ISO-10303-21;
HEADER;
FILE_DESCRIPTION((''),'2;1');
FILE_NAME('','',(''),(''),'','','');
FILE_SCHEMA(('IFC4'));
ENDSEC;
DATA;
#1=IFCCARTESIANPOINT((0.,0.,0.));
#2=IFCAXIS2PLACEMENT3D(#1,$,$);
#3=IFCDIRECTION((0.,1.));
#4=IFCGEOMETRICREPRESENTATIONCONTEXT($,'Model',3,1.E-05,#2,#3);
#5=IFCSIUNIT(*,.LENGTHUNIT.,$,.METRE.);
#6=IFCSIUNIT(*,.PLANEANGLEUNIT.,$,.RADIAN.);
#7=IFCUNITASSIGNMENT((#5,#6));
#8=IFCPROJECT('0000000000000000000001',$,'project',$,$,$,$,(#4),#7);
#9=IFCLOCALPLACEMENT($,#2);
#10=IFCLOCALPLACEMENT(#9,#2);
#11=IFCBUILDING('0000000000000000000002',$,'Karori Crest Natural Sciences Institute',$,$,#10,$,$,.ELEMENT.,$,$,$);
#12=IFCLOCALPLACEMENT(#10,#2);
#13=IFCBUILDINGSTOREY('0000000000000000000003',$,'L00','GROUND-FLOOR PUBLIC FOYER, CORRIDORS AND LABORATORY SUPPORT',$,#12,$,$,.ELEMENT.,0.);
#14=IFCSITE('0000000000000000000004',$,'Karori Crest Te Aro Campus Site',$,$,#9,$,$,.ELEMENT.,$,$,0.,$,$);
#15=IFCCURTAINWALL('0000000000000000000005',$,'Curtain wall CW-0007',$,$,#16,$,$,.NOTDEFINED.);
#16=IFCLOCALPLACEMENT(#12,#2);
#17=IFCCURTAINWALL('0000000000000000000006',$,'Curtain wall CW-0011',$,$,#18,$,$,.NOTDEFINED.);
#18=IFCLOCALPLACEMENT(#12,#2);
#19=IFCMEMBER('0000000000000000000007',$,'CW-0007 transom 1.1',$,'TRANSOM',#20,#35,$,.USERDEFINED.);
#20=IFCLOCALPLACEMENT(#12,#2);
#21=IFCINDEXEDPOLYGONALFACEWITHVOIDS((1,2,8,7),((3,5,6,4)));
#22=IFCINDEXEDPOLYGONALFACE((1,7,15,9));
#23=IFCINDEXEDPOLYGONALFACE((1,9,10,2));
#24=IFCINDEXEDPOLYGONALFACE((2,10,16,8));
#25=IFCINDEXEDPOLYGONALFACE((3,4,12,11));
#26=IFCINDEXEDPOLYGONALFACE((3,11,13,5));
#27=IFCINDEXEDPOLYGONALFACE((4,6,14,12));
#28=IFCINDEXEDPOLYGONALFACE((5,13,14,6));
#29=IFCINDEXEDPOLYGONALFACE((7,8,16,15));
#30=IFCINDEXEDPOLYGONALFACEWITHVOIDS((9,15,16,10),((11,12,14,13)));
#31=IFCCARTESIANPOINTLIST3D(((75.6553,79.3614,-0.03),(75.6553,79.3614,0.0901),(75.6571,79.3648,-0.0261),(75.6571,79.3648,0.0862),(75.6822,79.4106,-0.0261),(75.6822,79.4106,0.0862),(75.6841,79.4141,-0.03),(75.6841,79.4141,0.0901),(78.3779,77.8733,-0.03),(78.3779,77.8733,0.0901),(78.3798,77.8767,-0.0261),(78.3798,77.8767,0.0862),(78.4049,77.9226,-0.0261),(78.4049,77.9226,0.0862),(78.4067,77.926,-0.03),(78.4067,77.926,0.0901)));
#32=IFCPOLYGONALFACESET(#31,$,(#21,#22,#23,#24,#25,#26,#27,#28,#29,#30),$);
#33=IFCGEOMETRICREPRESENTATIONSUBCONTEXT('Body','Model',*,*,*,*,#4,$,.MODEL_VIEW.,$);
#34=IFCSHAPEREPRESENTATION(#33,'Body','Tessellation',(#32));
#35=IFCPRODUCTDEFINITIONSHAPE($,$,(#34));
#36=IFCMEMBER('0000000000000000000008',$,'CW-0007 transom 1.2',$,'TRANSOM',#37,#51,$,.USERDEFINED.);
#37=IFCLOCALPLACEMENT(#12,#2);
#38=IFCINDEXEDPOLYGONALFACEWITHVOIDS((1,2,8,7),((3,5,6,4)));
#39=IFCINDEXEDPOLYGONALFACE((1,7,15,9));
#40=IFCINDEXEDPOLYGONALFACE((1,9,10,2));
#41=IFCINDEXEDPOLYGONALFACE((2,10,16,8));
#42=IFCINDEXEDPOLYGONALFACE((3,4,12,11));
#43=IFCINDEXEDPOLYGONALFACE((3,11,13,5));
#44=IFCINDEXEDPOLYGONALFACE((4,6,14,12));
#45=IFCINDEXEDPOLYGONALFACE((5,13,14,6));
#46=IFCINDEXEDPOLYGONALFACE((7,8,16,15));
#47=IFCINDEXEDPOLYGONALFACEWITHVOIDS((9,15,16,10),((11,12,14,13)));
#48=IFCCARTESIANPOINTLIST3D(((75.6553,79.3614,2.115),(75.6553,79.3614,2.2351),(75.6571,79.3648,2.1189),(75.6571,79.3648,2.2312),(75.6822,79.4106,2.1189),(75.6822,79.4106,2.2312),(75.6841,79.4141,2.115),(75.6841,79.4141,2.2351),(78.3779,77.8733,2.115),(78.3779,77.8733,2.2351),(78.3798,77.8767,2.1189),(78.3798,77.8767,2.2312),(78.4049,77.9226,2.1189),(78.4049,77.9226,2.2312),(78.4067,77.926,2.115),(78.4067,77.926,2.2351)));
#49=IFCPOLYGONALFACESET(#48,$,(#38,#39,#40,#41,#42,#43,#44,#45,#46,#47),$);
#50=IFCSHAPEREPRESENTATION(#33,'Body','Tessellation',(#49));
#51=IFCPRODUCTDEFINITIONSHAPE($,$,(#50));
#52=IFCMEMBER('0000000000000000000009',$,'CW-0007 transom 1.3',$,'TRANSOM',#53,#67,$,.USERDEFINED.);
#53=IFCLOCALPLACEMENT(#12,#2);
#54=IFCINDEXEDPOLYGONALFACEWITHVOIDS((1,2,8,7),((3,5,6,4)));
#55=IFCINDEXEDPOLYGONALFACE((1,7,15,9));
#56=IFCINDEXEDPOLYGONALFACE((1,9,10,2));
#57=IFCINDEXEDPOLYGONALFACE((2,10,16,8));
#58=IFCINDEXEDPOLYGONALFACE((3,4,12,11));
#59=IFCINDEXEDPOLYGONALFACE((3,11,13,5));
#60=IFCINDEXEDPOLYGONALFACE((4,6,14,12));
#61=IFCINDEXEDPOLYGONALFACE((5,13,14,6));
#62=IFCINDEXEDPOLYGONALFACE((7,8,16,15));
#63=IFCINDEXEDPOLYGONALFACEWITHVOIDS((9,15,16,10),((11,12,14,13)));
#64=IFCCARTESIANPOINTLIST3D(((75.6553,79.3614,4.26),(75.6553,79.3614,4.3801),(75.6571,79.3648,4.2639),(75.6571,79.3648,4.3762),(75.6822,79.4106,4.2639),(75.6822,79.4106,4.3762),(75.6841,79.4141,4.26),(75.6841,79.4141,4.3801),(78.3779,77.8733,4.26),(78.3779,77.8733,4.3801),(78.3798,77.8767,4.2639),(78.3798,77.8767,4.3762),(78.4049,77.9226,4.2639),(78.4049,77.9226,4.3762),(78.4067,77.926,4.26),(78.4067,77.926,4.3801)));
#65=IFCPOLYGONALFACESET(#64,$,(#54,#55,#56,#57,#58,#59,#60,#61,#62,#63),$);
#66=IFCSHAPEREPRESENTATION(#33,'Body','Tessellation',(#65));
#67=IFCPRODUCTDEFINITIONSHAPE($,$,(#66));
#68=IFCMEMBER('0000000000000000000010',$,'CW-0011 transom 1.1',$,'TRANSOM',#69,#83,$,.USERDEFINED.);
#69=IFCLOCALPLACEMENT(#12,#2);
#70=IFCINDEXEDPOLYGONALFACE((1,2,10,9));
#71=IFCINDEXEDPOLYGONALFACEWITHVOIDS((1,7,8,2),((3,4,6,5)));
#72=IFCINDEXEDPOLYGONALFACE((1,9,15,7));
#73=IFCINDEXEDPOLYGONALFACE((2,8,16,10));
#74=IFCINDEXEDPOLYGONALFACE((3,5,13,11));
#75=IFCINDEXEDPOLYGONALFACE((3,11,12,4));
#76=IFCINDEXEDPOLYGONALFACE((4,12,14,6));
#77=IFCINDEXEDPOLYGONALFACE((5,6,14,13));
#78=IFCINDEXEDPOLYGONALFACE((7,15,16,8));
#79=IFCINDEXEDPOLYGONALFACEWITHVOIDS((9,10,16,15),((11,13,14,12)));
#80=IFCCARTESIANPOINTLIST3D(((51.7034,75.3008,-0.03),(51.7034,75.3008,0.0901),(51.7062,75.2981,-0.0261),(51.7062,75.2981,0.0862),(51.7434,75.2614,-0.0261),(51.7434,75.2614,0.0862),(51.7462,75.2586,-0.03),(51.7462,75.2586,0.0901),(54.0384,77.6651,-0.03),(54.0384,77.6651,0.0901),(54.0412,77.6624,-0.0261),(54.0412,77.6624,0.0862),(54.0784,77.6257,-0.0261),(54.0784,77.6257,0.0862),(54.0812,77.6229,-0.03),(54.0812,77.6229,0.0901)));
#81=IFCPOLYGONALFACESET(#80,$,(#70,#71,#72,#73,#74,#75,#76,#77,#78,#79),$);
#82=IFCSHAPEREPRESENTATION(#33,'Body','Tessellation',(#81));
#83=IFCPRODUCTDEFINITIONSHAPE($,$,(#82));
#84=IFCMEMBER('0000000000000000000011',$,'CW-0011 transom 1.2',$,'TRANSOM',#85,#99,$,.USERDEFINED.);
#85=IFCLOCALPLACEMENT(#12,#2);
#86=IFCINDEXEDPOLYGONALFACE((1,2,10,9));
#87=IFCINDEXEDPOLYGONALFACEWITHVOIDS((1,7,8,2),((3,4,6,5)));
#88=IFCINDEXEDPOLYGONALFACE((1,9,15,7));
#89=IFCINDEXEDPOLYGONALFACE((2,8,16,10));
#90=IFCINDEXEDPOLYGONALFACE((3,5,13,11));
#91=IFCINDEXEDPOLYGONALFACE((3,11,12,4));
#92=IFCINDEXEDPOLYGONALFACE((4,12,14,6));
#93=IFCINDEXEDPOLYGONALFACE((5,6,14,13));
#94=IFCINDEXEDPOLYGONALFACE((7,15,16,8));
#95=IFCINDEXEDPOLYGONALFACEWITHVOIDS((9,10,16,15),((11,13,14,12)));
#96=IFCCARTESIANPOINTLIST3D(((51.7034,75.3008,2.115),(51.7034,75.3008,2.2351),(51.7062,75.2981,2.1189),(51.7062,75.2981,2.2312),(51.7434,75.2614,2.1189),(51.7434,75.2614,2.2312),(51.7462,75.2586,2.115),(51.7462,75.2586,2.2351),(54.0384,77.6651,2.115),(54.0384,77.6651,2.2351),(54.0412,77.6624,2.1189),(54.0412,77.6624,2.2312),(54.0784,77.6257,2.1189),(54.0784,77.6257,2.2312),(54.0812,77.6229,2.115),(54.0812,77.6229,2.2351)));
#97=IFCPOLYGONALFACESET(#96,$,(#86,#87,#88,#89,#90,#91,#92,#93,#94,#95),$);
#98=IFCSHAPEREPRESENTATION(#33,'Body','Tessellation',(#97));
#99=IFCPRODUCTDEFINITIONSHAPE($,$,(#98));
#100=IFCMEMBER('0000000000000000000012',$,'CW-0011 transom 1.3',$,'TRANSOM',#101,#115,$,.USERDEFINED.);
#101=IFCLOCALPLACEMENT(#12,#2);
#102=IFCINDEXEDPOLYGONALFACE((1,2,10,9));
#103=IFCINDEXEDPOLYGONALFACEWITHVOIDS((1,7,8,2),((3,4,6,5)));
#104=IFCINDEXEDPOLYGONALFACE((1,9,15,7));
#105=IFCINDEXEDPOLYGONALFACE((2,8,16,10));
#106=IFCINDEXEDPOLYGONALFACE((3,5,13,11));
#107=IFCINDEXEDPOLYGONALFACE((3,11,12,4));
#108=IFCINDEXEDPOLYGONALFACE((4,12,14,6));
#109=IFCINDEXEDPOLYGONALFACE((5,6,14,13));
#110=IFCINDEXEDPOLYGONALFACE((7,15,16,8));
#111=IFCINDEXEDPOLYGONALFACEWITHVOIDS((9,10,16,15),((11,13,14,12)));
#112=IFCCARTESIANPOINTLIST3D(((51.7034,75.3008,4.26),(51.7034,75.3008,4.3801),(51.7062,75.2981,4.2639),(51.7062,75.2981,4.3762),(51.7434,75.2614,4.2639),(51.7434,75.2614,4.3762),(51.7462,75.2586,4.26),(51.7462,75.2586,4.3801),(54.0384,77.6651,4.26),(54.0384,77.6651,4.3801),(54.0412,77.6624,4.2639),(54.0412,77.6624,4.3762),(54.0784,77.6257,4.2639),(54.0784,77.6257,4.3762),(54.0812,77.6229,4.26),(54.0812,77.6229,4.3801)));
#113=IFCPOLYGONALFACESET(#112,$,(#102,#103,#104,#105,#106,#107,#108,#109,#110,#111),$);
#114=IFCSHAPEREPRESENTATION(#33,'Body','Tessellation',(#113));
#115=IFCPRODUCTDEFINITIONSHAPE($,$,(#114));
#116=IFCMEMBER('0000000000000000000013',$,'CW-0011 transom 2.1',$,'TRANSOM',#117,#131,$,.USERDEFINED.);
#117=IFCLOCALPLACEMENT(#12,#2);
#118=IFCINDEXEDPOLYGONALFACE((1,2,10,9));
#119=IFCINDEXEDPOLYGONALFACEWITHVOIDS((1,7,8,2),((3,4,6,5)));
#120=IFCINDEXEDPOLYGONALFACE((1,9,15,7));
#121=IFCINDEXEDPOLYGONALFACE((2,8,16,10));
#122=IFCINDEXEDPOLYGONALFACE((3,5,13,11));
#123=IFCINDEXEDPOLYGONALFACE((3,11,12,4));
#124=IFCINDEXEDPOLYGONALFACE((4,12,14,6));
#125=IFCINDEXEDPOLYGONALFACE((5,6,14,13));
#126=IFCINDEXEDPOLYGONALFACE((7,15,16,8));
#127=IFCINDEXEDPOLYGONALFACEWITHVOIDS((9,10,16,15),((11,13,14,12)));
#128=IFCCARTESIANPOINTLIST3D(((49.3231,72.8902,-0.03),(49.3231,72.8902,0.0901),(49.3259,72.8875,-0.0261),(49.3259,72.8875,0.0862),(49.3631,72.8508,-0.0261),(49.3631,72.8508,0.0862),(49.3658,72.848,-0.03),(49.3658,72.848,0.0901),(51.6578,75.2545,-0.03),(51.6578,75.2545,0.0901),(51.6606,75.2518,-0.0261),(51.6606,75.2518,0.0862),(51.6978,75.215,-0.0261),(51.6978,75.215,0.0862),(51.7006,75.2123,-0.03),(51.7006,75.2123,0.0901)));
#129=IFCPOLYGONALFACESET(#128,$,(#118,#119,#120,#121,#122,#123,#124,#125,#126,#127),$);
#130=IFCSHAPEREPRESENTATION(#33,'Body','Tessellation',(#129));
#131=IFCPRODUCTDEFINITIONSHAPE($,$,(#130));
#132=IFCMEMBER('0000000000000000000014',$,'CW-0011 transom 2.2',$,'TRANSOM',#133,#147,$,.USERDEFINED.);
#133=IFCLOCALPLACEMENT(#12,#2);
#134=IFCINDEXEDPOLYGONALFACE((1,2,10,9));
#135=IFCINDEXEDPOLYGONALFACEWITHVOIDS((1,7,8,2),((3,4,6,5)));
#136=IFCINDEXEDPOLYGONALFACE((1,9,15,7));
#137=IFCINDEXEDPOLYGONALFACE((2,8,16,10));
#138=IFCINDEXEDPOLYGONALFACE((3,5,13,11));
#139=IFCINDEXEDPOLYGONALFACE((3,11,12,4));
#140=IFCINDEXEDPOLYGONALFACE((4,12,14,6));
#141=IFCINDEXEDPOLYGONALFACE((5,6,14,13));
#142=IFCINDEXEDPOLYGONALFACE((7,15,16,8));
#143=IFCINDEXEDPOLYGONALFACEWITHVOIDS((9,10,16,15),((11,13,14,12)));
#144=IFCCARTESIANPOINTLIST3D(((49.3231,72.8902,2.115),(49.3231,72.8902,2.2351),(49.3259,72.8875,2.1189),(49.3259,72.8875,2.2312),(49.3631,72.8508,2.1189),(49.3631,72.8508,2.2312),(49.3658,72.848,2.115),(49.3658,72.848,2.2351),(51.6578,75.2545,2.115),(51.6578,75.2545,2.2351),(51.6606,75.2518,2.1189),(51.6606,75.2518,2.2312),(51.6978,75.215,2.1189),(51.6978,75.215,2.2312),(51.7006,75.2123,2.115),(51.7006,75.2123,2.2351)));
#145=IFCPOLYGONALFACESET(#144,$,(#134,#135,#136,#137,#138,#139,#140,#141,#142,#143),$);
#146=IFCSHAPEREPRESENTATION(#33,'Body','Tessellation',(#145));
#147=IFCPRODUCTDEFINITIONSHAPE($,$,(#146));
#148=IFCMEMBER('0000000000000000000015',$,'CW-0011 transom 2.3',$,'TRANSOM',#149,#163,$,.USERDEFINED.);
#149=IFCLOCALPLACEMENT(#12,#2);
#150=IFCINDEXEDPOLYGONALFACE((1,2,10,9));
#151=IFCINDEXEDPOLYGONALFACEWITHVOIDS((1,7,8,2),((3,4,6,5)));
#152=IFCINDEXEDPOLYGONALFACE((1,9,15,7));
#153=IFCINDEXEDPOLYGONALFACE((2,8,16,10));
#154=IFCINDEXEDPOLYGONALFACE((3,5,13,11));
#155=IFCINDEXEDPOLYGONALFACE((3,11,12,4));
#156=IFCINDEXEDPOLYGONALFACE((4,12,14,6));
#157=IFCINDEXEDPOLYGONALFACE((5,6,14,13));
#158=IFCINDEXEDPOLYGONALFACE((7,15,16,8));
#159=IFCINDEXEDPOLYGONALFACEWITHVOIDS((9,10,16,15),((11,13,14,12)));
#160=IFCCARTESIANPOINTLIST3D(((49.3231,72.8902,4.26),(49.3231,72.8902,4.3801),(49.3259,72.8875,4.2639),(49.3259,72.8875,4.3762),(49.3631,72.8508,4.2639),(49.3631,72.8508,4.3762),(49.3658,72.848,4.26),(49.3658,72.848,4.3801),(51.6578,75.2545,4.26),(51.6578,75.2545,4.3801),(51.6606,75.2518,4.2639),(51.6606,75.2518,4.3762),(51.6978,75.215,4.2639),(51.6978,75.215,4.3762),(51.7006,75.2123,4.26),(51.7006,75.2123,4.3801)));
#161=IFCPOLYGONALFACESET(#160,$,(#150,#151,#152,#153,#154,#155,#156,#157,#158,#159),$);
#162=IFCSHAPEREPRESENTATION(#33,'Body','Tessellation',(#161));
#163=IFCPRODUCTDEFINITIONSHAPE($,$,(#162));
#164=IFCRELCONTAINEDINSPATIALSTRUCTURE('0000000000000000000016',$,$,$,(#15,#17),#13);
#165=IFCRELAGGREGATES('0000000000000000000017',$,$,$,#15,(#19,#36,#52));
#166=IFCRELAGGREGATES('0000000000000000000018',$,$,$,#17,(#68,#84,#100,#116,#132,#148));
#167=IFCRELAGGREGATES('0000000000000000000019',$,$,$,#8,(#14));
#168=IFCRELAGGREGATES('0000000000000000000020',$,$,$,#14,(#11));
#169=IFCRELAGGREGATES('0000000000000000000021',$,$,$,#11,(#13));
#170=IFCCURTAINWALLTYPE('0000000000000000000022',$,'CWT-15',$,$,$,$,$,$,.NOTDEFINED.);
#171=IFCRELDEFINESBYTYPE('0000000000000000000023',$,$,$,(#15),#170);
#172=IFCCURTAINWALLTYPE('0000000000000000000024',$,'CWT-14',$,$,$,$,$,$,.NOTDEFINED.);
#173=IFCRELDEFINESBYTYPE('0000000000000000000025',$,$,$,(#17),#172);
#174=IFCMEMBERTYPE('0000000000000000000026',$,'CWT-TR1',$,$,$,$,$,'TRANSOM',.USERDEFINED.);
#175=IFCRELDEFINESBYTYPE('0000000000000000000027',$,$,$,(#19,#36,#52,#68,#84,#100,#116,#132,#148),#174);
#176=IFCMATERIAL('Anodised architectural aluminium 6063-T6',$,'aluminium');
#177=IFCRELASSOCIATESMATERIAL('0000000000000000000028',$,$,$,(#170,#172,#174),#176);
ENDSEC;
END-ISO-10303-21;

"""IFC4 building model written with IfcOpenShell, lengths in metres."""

from ifc_helpers import new_model, si_unit, direction, frame, origin, origin_2d, place, context, subcontext, project, spatial, hollow_rectangle, extrude, material, material_profile, profile_set, type_object, element, aggregate, save


model = new_model("IFC4")

# Units and contexts
model_context = context("Model", 3, precision=1e-05, world=origin(), true_north=direction((0.0, 1.0)))
body_context = subcontext(model_context, "Body", "Model", "MODEL_VIEW")
ifc_project = project(units=[si_unit("LENGTHUNIT", "METRE"), si_unit("PLANEANGLEUNIT", "RADIAN")], contexts=[model_context])

# Site, building, storey
site_placement = place(None, origin())
site = spatial("IfcSite", under=ifc_project, at=site_placement, Name="Karori Crest Te Aro Campus Site", CompositionType="ELEMENT", RefElevation=0.0)
building_placement = place(site_placement, origin())
building = spatial("IfcBuilding", under=site, at=building_placement, Name="Karori Crest Natural Sciences Institute", CompositionType="ELEMENT")
storey_placement = place(building_placement, origin())
storey = spatial("IfcBuildingStorey", under=building, at=storey_placement, Name="L00", Description="GROUND-FLOOR PUBLIC FOYER, CORRIDORS AND LABORATORY SUPPORT", CompositionType="ELEMENT", Elevation=0.0)

# Curtain wall
ifc_material_1 = material(Name="Anodised architectural aluminium 6063-T6", Category="aluminium")
curtain_wall_type_1 = type_object("IfcCurtainWallType", Name="CWT-15", PredefinedType="NOTDEFINED", material=ifc_material_1)
curtain_wall_1_placement = place(storey_placement, origin())
curtain_wall_1 = element("IfcCurtainWall", 1, at=curtain_wall_1_placement, inside=storey, type_object=curtain_wall_type_1, Name="Curtain wall CW-0007", PredefinedType="NOTDEFINED")

# Curtain wall
curtain_wall_type_2 = type_object("IfcCurtainWallType", Name="CWT-14", PredefinedType="NOTDEFINED", material=ifc_material_1)
curtain_wall_2_placement = place(storey_placement, origin())
curtain_wall_2 = element("IfcCurtainWall", 2, at=curtain_wall_2_placement, inside=storey, type_object=curtain_wall_type_2, Name="Curtain wall CW-0011", PredefinedType="NOTDEFINED")

# Members
ifc_material_profile_1 = material_profile(ifc_material_1, hollow_rectangle(XDim=0.0601, YDim=0.1201, WallThickness=0.0039, at=origin_2d()), Name="CWT120x60x4")
ifc_profile_set_1 = profile_set([ifc_material_profile_1], Name="Anodised architectural aluminium 6063-T6")
member_type_1 = type_object("IfcMemberType", Name="CWT-TR1", ElementType="TRANSOM", PredefinedType="USERDEFINED", material=ifc_profile_set_1)
member_1_placement = place(storey_placement, frame((78.3923, 77.8997, 0.03), z_axis=(-0.877495, 0.479585, 0.0), x_axis=(-0.479585, -0.877495, 0.0)))
member_1 = element("IfcMember", 3, at=member_1_placement, type_object=member_type_1, Name="CW-0007 transom 1.1", ObjectType="TRANSOM", PredefinedType="USERDEFINED", context=body_context, shape_type="SweptSolid", body=[
    extrude(hollow_rectangle(XDim=0.0601, YDim=0.1201, WallThickness=0.0039, at=origin_2d()), origin(), (0.0, 0.0, 1.0), 3.1028),
])
member_2_placement = place(storey_placement, frame((78.3923, 77.8997, 2.175), z_axis=(-0.877495, 0.479585, 0.0), x_axis=(-0.479585, -0.877495, 0.0)))
member_2 = element("IfcMember", 4, at=member_2_placement, type_object=member_type_1, Name="CW-0007 transom 1.2", ObjectType="TRANSOM", PredefinedType="USERDEFINED", context=body_context, shape_type="SweptSolid", body=[
    extrude(hollow_rectangle(XDim=0.0601, YDim=0.1201, WallThickness=0.0039, at=origin_2d()), origin(), (0.0, 0.0, 1.0), 3.1028),
])
member_3_placement = place(storey_placement, frame((78.3923, 77.8997, 4.3201), z_axis=(-0.877495, 0.479585, 0.0), x_axis=(-0.479585, -0.877495, 0.0)))
member_3 = element("IfcMember", 5, at=member_3_placement, type_object=member_type_1, Name="CW-0007 transom 1.3", ObjectType="TRANSOM", PredefinedType="USERDEFINED", context=body_context, shape_type="SweptSolid", body=[
    extrude(hollow_rectangle(XDim=0.0601, YDim=0.1201, WallThickness=0.0039, at=origin_2d()), origin(), (0.0, 0.0, 1.0), 3.1028),
])
member_4_placement = place(storey_placement, frame((54.0598, 77.644, 0.03), z_axis=(-0.702685, -0.711501, 0.0), x_axis=(0.711501, -0.702685, 0.0)))
member_4 = element("IfcMember", 6, at=member_4_placement, type_object=member_type_1, Name="CW-0011 transom 1.1", ObjectType="TRANSOM", PredefinedType="USERDEFINED", context=body_context, shape_type="SweptSolid", body=[
    extrude(hollow_rectangle(XDim=0.0601, YDim=0.1201, WallThickness=0.0039, at=origin_2d()), origin(), (0.0, 0.0, 1.0), 3.323),
])
member_5_placement = place(storey_placement, frame((54.0598, 77.644, 2.175), z_axis=(-0.702685, -0.711501, 0.0), x_axis=(0.711501, -0.702685, 0.0)))
member_5 = element("IfcMember", 7, at=member_5_placement, type_object=member_type_1, Name="CW-0011 transom 1.2", ObjectType="TRANSOM", PredefinedType="USERDEFINED", context=body_context, shape_type="SweptSolid", body=[
    extrude(hollow_rectangle(XDim=0.0601, YDim=0.1201, WallThickness=0.0039, at=origin_2d()), origin(), (0.0, 0.0, 1.0), 3.323),
])
member_6_placement = place(storey_placement, frame((54.0598, 77.644, 4.3201), z_axis=(-0.702685, -0.711501, 0.0), x_axis=(0.711501, -0.702685, 0.0)))
member_6 = element("IfcMember", 8, at=member_6_placement, type_object=member_type_1, Name="CW-0011 transom 1.3", ObjectType="TRANSOM", PredefinedType="USERDEFINED", context=body_context, shape_type="SweptSolid", body=[
    extrude(hollow_rectangle(XDim=0.0601, YDim=0.1201, WallThickness=0.0039, at=origin_2d()), origin(), (0.0, 0.0, 1.0), 3.323),
])
member_7_placement = place(storey_placement, frame((51.6792, 75.2334, 0.03), z_axis=(-0.702648, -0.711538, 0.0), x_axis=(0.711538, -0.702648, 0.0)))
member_7 = element("IfcMember", 9, at=member_7_placement, type_object=member_type_1, Name="CW-0011 transom 2.1", ObjectType="TRANSOM", PredefinedType="USERDEFINED", context=body_context, shape_type="SweptSolid", body=[
    extrude(hollow_rectangle(XDim=0.0601, YDim=0.1201, WallThickness=0.0039, at=origin_2d()), origin(), (0.0, 0.0, 1.0), 3.3228),
])
member_8_placement = place(storey_placement, frame((51.6792, 75.2334, 2.175), z_axis=(-0.702648, -0.711538, 0.0), x_axis=(0.711538, -0.702648, 0.0)))
member_8 = element("IfcMember", 10, at=member_8_placement, type_object=member_type_1, Name="CW-0011 transom 2.2", ObjectType="TRANSOM", PredefinedType="USERDEFINED", context=body_context, shape_type="SweptSolid", body=[
    extrude(hollow_rectangle(XDim=0.0601, YDim=0.1201, WallThickness=0.0039, at=origin_2d()), origin(), (0.0, 0.0, 1.0), 3.3228),
])
member_9_placement = place(storey_placement, frame((51.6792, 75.2334, 4.3201), z_axis=(-0.702648, -0.711538, 0.0), x_axis=(0.711538, -0.702648, 0.0)))
member_9 = element("IfcMember", 11, at=member_9_placement, type_object=member_type_1, Name="CW-0011 transom 2.3", ObjectType="TRANSOM", PredefinedType="USERDEFINED", context=body_context, shape_type="SweptSolid", body=[
    extrude(hollow_rectangle(XDim=0.0601, YDim=0.1201, WallThickness=0.0039, at=origin_2d()), origin(), (0.0, 0.0, 1.0), 3.3228),
])

aggregate(curtain_wall_1, [member_1, member_2, member_3])
aggregate(curtain_wall_2, [member_4, member_5, member_6, member_7, member_8, member_9])

save(model, "model.ifc")
